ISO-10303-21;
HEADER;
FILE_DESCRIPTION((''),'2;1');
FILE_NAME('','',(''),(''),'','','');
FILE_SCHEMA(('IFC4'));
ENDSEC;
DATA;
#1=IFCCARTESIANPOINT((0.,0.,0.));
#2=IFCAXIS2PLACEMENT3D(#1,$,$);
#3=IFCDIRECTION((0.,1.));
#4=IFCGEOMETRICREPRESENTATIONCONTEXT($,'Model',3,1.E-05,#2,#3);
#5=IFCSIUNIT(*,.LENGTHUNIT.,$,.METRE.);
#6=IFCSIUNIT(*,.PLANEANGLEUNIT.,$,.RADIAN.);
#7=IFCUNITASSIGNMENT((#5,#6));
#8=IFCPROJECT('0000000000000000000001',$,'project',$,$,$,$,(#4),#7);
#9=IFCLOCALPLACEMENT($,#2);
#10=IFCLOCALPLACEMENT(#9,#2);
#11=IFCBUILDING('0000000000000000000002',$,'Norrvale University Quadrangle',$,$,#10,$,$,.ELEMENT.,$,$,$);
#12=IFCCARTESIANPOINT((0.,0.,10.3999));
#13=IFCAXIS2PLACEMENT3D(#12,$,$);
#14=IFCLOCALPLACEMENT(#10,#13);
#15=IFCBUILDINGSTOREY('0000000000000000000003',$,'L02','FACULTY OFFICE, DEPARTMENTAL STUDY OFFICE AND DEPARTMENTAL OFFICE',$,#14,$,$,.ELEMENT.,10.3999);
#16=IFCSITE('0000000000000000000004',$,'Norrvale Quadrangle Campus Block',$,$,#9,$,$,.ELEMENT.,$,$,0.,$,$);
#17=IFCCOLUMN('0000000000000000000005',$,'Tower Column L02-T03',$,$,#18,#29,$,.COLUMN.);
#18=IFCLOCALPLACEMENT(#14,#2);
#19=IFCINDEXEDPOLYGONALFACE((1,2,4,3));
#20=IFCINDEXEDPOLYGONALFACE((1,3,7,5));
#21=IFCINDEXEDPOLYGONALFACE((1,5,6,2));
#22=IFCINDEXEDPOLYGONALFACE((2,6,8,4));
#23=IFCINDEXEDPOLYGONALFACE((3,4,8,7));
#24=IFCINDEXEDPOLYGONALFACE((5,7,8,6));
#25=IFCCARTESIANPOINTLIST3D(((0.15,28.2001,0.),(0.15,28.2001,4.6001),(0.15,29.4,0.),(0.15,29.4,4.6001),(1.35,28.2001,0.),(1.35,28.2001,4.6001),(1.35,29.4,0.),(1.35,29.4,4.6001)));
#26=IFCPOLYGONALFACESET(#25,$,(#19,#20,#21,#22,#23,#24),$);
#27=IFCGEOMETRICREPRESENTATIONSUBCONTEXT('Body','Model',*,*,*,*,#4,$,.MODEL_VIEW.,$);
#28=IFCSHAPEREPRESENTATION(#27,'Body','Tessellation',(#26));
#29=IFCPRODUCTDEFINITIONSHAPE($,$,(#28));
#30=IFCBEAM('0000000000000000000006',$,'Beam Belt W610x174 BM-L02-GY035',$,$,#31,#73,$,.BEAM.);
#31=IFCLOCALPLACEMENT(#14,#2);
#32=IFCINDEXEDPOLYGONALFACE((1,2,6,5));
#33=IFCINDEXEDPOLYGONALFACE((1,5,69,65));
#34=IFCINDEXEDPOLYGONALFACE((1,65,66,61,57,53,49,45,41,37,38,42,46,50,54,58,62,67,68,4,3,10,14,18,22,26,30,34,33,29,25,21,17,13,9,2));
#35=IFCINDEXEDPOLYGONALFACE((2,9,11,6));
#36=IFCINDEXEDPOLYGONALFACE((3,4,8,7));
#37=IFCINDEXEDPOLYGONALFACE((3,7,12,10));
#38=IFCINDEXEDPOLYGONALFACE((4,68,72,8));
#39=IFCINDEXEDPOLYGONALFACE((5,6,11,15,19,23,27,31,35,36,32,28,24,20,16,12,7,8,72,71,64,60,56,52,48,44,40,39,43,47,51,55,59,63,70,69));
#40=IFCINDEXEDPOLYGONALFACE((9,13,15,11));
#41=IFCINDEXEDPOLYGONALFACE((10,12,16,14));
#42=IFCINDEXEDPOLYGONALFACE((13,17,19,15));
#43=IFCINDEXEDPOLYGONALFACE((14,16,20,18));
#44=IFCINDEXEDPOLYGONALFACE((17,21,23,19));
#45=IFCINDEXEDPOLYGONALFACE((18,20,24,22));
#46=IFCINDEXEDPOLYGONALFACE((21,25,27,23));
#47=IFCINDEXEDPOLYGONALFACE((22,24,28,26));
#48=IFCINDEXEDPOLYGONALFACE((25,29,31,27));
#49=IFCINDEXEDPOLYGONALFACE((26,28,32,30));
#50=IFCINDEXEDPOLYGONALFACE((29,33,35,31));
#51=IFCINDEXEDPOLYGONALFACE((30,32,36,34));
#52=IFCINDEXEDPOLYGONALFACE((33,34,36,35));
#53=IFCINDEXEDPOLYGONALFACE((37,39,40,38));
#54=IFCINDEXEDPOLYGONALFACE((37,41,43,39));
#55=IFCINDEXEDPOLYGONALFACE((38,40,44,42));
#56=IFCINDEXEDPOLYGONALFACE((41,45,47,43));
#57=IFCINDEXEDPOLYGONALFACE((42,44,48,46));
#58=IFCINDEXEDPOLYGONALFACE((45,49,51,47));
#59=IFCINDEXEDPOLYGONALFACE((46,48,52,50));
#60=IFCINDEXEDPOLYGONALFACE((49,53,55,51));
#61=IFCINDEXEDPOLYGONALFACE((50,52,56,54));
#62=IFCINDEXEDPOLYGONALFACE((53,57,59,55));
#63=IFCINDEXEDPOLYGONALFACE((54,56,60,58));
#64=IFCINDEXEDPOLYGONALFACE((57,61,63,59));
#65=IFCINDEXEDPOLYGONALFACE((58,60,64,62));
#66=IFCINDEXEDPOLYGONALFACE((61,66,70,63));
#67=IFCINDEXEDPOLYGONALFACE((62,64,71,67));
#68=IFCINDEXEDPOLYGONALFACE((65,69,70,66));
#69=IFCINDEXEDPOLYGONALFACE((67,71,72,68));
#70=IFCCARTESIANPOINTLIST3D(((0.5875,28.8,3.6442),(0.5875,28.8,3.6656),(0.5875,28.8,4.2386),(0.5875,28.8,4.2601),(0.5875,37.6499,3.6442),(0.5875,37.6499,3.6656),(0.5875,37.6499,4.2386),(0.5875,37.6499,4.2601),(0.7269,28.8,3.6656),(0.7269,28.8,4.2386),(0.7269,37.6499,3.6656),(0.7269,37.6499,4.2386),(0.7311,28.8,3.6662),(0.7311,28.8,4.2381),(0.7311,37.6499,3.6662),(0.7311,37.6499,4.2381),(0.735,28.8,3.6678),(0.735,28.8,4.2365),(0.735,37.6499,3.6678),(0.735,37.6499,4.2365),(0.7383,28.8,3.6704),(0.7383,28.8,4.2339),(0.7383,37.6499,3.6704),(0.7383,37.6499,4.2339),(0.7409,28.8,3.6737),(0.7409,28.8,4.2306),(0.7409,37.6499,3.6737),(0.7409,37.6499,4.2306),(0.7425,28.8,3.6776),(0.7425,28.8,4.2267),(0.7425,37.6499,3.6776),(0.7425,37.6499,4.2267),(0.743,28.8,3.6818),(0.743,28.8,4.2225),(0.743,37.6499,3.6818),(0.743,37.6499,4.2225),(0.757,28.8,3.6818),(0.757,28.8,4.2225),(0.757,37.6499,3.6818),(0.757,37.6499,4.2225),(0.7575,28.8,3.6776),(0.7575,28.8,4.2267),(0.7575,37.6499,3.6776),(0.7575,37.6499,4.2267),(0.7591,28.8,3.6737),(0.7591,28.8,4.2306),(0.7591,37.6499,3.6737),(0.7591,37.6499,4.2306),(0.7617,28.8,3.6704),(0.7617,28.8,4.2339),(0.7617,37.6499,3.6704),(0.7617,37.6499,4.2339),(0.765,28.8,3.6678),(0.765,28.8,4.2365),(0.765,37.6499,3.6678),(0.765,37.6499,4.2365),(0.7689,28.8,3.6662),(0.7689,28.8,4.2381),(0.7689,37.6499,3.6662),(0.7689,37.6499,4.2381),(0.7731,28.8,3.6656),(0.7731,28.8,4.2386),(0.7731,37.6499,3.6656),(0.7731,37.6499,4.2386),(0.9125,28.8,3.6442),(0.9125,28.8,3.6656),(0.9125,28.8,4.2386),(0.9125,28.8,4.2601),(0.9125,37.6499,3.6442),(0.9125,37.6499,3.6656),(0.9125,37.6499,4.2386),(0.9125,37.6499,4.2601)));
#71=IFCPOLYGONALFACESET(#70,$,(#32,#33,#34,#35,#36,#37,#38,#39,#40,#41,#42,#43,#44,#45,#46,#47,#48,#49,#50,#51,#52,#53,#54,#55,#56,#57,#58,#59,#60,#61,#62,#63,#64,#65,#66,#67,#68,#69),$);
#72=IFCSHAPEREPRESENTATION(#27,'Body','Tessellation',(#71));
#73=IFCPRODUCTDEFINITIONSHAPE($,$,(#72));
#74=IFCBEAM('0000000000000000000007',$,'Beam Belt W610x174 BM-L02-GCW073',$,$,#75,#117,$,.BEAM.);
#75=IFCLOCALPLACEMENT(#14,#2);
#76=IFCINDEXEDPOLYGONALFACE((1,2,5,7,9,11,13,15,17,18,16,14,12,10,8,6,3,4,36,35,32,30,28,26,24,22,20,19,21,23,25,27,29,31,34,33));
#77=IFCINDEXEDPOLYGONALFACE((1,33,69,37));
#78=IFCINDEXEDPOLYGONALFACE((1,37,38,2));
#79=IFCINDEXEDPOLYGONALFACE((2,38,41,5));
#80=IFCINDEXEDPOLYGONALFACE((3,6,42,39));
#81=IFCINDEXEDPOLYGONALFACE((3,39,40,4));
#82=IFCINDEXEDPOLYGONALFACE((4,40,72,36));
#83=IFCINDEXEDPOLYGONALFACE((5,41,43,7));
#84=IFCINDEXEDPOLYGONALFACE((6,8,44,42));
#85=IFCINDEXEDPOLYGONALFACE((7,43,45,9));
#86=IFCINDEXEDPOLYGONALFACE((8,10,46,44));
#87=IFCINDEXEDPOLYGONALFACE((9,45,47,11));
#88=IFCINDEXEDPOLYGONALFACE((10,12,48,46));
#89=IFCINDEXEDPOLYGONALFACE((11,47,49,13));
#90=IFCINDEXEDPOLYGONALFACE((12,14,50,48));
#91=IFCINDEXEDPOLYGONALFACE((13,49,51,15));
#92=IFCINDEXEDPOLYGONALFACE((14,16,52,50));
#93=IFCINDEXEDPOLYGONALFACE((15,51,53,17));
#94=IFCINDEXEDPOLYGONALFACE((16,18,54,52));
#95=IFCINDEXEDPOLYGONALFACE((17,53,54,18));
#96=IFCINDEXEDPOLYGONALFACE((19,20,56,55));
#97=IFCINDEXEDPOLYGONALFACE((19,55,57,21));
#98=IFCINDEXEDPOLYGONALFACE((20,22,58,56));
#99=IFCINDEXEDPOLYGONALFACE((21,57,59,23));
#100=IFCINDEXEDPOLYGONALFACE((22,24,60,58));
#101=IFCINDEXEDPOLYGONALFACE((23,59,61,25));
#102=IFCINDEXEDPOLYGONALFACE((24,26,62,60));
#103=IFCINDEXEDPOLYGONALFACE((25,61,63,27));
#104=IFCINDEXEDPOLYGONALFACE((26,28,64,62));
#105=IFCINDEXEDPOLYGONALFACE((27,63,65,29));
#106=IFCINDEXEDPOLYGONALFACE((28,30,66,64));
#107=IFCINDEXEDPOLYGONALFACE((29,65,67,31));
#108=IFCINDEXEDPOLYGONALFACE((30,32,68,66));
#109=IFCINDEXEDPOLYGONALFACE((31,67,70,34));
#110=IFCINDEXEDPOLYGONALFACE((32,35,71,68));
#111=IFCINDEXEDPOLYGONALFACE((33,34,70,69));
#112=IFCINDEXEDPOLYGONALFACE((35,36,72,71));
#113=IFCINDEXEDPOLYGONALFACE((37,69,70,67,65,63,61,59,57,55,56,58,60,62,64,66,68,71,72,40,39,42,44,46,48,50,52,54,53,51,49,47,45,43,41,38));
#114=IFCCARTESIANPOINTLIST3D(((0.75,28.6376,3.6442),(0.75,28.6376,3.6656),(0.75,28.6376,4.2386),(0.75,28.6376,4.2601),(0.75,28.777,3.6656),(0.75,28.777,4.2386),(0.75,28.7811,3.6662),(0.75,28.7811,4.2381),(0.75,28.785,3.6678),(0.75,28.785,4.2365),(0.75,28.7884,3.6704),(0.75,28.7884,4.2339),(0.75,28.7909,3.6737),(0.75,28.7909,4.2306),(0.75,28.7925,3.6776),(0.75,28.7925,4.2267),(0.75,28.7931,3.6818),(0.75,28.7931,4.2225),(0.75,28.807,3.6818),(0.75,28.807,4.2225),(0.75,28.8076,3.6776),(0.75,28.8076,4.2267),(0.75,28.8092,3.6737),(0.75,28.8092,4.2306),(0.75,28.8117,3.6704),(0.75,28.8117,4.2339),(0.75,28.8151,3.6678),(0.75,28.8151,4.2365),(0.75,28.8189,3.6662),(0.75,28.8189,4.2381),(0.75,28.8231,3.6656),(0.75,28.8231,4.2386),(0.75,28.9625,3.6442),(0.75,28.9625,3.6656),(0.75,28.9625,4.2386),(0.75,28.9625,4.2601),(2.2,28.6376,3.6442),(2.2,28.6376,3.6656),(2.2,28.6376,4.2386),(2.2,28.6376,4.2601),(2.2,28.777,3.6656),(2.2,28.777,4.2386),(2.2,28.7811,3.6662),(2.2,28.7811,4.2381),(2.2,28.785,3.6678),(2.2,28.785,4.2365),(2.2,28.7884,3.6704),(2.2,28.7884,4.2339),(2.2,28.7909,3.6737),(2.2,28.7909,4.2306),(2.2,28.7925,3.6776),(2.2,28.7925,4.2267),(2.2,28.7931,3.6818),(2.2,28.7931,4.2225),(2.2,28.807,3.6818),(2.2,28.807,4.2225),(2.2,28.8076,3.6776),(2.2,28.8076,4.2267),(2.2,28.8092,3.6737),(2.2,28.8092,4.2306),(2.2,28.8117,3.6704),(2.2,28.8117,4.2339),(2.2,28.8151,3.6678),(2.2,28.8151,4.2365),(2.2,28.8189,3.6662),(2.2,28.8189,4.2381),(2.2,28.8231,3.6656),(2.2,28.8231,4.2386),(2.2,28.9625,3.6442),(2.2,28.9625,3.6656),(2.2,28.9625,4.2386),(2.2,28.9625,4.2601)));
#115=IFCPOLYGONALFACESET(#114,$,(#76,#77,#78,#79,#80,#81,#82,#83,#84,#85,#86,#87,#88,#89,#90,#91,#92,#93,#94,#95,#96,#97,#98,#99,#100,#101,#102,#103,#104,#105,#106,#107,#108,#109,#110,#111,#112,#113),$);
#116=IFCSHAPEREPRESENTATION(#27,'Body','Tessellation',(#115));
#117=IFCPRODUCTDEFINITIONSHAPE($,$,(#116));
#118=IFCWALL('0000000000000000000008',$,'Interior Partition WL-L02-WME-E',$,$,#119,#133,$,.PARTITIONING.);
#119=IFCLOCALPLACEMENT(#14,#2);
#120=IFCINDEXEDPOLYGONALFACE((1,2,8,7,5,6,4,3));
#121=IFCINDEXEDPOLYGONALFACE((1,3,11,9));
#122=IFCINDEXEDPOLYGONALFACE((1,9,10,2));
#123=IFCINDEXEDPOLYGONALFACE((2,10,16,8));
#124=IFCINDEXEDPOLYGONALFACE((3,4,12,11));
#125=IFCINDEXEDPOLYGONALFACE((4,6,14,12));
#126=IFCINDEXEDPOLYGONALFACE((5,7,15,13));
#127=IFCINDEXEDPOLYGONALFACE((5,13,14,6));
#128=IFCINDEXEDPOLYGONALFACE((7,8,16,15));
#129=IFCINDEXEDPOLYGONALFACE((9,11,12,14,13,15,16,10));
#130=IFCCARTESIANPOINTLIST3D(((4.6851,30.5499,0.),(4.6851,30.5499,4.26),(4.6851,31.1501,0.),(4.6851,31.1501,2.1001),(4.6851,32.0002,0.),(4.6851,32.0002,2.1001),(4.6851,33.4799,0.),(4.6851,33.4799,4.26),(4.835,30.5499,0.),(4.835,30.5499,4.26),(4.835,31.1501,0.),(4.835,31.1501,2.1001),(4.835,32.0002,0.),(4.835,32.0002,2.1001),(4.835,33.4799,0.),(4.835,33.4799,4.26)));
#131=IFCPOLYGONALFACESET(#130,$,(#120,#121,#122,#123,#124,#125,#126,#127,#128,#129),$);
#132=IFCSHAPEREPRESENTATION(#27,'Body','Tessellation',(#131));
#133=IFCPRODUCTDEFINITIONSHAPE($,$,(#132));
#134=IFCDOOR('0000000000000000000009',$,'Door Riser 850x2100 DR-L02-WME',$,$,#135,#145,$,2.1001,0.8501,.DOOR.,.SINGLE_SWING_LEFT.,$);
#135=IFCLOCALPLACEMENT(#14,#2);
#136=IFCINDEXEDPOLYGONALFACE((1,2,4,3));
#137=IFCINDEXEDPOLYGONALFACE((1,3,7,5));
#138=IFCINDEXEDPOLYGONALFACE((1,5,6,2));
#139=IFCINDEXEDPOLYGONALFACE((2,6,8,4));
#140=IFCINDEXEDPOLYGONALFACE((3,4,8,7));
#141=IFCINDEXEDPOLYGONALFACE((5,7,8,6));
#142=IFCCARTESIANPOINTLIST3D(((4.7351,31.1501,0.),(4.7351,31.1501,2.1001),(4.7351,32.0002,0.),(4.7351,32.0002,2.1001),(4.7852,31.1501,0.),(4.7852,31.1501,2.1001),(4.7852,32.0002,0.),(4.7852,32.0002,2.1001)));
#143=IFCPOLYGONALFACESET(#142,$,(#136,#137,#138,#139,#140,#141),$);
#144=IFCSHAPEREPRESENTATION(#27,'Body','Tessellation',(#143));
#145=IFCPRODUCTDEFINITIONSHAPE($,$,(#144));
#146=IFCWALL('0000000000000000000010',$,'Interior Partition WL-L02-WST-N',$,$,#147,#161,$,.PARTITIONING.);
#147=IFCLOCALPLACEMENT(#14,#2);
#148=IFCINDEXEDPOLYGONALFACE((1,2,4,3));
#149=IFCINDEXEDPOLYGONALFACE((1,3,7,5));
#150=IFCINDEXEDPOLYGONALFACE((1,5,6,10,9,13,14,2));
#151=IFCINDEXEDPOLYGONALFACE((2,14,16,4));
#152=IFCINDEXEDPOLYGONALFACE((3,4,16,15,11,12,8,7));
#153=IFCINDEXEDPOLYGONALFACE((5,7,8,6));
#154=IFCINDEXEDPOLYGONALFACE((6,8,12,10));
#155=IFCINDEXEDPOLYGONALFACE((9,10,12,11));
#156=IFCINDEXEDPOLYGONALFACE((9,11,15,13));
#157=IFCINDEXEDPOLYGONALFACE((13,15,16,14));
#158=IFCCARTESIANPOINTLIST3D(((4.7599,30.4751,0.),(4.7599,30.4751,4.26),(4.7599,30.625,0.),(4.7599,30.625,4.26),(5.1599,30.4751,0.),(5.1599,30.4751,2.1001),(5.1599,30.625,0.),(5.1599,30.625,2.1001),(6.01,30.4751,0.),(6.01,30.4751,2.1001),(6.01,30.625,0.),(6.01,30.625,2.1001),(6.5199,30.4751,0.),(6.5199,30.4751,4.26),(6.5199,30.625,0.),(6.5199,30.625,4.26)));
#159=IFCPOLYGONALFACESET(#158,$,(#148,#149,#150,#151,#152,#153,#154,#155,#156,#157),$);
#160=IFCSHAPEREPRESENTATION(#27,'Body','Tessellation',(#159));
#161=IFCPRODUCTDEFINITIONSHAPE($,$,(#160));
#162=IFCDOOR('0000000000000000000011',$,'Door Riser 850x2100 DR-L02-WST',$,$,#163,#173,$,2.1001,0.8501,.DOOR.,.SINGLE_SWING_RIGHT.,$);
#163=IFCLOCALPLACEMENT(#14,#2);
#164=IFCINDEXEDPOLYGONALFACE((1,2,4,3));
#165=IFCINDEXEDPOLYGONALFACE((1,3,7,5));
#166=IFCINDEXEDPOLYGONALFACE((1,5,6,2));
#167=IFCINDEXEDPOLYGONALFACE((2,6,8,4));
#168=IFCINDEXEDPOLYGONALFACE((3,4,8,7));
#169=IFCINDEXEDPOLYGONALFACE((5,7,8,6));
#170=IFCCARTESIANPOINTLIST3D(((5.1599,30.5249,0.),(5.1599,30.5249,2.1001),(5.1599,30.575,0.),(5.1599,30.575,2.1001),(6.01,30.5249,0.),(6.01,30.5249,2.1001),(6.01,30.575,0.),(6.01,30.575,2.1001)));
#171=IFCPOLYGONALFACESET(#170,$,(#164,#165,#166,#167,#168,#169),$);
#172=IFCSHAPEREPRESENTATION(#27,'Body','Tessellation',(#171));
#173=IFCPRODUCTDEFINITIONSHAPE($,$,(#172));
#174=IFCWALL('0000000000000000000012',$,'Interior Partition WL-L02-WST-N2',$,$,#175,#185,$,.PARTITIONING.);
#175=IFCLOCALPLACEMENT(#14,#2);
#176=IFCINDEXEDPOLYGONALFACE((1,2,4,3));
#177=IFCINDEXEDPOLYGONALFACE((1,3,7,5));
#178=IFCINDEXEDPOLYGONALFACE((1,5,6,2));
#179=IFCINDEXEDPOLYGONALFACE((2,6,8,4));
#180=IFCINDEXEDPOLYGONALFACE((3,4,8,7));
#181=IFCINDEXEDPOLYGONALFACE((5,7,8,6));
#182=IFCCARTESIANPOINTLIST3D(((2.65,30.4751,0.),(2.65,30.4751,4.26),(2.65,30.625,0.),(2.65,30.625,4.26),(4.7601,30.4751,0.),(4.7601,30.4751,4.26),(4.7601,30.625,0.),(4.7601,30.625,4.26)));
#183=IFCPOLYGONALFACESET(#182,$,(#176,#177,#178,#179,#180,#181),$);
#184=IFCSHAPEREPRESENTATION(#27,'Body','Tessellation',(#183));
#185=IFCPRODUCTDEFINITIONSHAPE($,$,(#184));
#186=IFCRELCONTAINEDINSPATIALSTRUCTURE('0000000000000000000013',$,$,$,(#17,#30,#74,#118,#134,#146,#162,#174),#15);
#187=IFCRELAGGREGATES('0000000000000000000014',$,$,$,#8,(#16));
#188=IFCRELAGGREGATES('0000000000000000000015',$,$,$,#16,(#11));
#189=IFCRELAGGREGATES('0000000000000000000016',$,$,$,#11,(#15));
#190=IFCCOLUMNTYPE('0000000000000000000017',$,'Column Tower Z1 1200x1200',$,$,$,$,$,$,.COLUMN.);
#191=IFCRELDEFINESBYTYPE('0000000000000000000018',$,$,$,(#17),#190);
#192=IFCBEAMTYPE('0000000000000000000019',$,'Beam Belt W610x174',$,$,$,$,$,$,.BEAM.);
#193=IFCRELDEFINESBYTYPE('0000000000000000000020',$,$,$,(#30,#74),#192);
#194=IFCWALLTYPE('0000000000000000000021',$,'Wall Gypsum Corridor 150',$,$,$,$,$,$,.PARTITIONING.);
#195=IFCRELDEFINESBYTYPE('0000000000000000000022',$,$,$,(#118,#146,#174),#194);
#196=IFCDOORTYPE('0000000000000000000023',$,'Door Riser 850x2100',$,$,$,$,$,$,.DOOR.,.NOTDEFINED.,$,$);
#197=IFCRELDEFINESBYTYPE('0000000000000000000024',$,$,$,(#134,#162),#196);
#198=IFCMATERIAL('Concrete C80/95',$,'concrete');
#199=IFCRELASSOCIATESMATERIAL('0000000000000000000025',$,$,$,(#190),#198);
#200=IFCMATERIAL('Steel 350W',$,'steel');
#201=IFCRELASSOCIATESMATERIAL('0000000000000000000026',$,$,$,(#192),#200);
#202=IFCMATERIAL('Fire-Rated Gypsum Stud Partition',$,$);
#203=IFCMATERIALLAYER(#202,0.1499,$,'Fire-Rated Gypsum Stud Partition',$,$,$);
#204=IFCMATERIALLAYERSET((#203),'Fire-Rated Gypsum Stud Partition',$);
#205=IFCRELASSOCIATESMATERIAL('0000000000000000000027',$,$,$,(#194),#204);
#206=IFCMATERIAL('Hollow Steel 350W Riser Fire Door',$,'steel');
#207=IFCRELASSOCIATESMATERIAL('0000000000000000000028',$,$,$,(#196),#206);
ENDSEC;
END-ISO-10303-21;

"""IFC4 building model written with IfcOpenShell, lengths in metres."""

from ifc_helpers import new_model, si_unit, direction, frame, frame_2d, origin, origin_2d, place, context, subcontext, project, spatial, rectangle, i_section, extrude, material, layer, layer_set, material_profile, profile_set, type_object, element, fill, save


model = new_model("IFC4")

# Units and contexts
model_context = context("Model", 3, precision=1e-05, world=origin(), true_north=direction((0.0, 1.0)))
body_context = subcontext(model_context, "Body", "Model", "MODEL_VIEW")
ifc_project = project(units=[si_unit("LENGTHUNIT", "METRE"), si_unit("PLANEANGLEUNIT", "RADIAN")], contexts=[model_context])

# Site, building, storey
site_placement = place(None, origin())
site = spatial("IfcSite", under=ifc_project, at=site_placement, Name="Norrvale Quadrangle Campus Block", CompositionType="ELEMENT", RefElevation=0.0)
building_placement = place(site_placement, origin())
building = spatial("IfcBuilding", under=site, at=building_placement, Name="Norrvale University Quadrangle", CompositionType="ELEMENT")
storey_placement = place(building_placement, frame((0.0, 0.0, 10.3999)))
storey = spatial("IfcBuildingStorey", under=building, at=storey_placement, Name="L02", Description="FACULTY OFFICE, DEPARTMENTAL STUDY OFFICE AND DEPARTMENTAL OFFICE", CompositionType="ELEMENT", Elevation=10.3999)

# Column
ifc_material_1 = material(Name="Concrete C80/95", Category="concrete")
ifc_material_profile_1 = material_profile(ifc_material_1, rectangle(XDim=1.2, YDim=1.2, at=origin_2d()), Name="Concrete C80/95")
ifc_profile_set_1 = profile_set([ifc_material_profile_1], Name="Concrete C80/95")
column_type = type_object("IfcColumnType", Name="Column Tower Z1 1200x1200", PredefinedType="COLUMN", material=ifc_profile_set_1)
column_placement = place(storey_placement, frame((0.75, 28.8, 0.0), z_axis=(0.0, 0.0, 1.0), x_axis=(1.0, 0.0, 0.0)))
element("IfcColumn", 1, at=column_placement, inside=storey, type_object=column_type, Name="Tower Column L02-T03", PredefinedType="COLUMN", context=body_context, shape_type="SweptSolid", body=[
    extrude(rectangle(XDim=1.2, YDim=1.2, at=origin_2d()), origin(), (0.0, 0.0, 1.0), 4.6001),
])

# Beams
ifc_material_2 = material(Name="Steel 350W", Category="steel")
ifc_material_profile_2 = material_profile(ifc_material_2, i_section(OverallWidth=0.325, OverallDepth=0.616, WebThickness=0.0139, FlangeThickness=0.0215, FilletRadius=0.0161, at=origin_2d()), Name="Steel 350W")
ifc_profile_set_2 = profile_set([ifc_material_profile_2], Name="Steel 350W")
beam_type = type_object("IfcBeamType", Name="Beam Belt W610x174", PredefinedType="BEAM", material=ifc_profile_set_2)
beam_1_placement = place(storey_placement, frame((0.75, 28.8, 3.9521), z_axis=(0.0, 1.0, 0.0), x_axis=(-1.0, 0.0, 0.0)))
element("IfcBeam", 2, at=beam_1_placement, inside=storey, type_object=beam_type, Name="Beam Belt W610x174 BM-L02-GY035", PredefinedType="BEAM", context=body_context, shape_type="SweptSolid", body=[
    extrude(i_section(OverallWidth=0.325, OverallDepth=0.616, WebThickness=0.0139, FlangeThickness=0.0215, FilletRadius=0.0161, at=origin_2d()), origin(), (0.0, 0.0, 1.0), 8.8499),
])
beam_2_placement = place(storey_placement, frame((0.75, 28.8, 3.9521), z_axis=(1.0, 0.0, 0.0), x_axis=(0.0, 1.0, 0.0)))
element("IfcBeam", 3, at=beam_2_placement, inside=storey, type_object=beam_type, Name="Beam Belt W610x174 BM-L02-GCW073", PredefinedType="BEAM", context=body_context, shape_type="SweptSolid", body=[
    extrude(i_section(OverallWidth=0.325, OverallDepth=0.616, WebThickness=0.0139, FlangeThickness=0.0215, FilletRadius=0.0161, at=origin_2d()), origin(), (0.0, 0.0, 1.0), 1.45),
])

# Walls, openings, doors
ifc_material_3 = material(Name="Fire-Rated Gypsum Stud Partition")
ifc_layer_1 = layer(ifc_material_3, 0.1499, Name="Fire-Rated Gypsum Stud Partition")
ifc_layer_set_1 = layer_set([ifc_layer_1], Name="Fire-Rated Gypsum Stud Partition")
wall_type_1 = type_object("IfcWallType", Name="Wall Gypsum Corridor 150", PredefinedType="PARTITIONING", material=ifc_layer_set_1)
wall_1_placement = place(storey_placement, frame((4.76, 30.55, 0.0), z_axis=(0.0, 0.0, 1.0), x_axis=(0.0, 1.0, 0.0)))
wall_1 = element("IfcWall", 4, at=wall_1_placement, inside=storey, type_object=wall_type_1, Name="Interior Partition WL-L02-WME-E", PredefinedType="PARTITIONING", context=body_context, shape_type="SweptSolid", body=[
    extrude(rectangle(XDim=2.9299, YDim=0.1499, at=frame_2d((1.4648, 0.0))), origin(), (0.0, 0.0, 1.0), 4.26),
])
opening_1_placement = place(wall_1_placement, frame((0.6001, 0.0, 0.0)))
opening_1 = element("IfcOpeningElement", 5, at=opening_1_placement, cuts=wall_1, PredefinedType="OPENING", context=body_context, shape_type="SweptSolid", body=[
    extrude(rectangle(XDim=0.8501, YDim=2.1001, at=frame_2d((0.425, 1.05))), frame((0.0, 0.0869, 0.0), z_axis=(0.0, -1.0, 0.0), x_axis=(1.0, 0.0, 0.0)), (0.0, 0.0, 1.0), 0.1738),
])
ifc_material_4 = material(Name="Hollow Steel 350W Riser Fire Door", Category="steel")
door_type_1 = type_object("IfcDoorType", Name="Door Riser 850x2100", OperationType="NOTDEFINED", PredefinedType="DOOR", material=ifc_material_4)
door_1_placement = place(opening_1_placement, origin())
door_1 = element("IfcDoor", 6, at=door_1_placement, inside=storey, type_object=door_type_1, Name="Door Riser 850x2100 DR-L02-WME", OperationType="SINGLE_SWING_LEFT", OverallHeight=2.1001, OverallWidth=0.8501, PredefinedType="DOOR", context=body_context, shape_type="SweptSolid", body=[
    extrude(rectangle(XDim=0.8501, YDim=2.1001, at=frame_2d((0.425, 1.05))), frame((0.0, 0.0249, 0.0), z_axis=(0.0, -1.0, 0.0), x_axis=(1.0, 0.0, 0.0)), (0.0, 0.0, 1.0), 0.05),
])
fill(opening_1, door_1)
wall_2_placement = place(storey_placement, frame((4.76, 30.55, 0.0), z_axis=(0.0, 0.0, 1.0), x_axis=(1.0, 0.0, 0.0)))
wall_2 = element("IfcWall", 7, at=wall_2_placement, inside=storey, type_object=wall_type_1, Name="Interior Partition WL-L02-WST-N", PredefinedType="PARTITIONING", context=body_context, shape_type="SweptSolid", body=[
    extrude(rectangle(XDim=1.76, YDim=0.1499, at=frame_2d((0.8799, 0.0))), origin(), (0.0, 0.0, 1.0), 4.26),
])
opening_2_placement = place(wall_2_placement, frame((0.3999, 0.0, 0.0)))
opening_2 = element("IfcOpeningElement", 8, at=opening_2_placement, cuts=wall_2, PredefinedType="OPENING", context=body_context, shape_type="SweptSolid", body=[
    extrude(rectangle(XDim=0.8501, YDim=2.1001, at=frame_2d((0.425, 1.05))), frame((0.0, 0.0869, 0.0), z_axis=(0.0, -1.0, 0.0), x_axis=(1.0, 0.0, 0.0)), (0.0, 0.0, 1.0), 0.1738),
])
door_2_placement = place(opening_2_placement, origin())
door_2 = element("IfcDoor", 9, at=door_2_placement, inside=storey, type_object=door_type_1, Name="Door Riser 850x2100 DR-L02-WST", OperationType="SINGLE_SWING_RIGHT", OverallHeight=2.1001, OverallWidth=0.8501, PredefinedType="DOOR", context=body_context, shape_type="SweptSolid", body=[
    extrude(rectangle(XDim=0.8501, YDim=2.1001, at=frame_2d((0.425, 1.05))), frame((0.0, 0.0249, 0.0), z_axis=(0.0, -1.0, 0.0), x_axis=(1.0, 0.0, 0.0)), (0.0, 0.0, 1.0), 0.05),
])
fill(opening_2, door_2)

# Wall
wall_3_placement = place(storey_placement, frame((2.6499, 30.55, 0.0), z_axis=(0.0, 0.0, 1.0), x_axis=(1.0, 0.0, 0.0)))
element("IfcWall", 10, at=wall_3_placement, inside=storey, type_object=wall_type_1, Name="Interior Partition WL-L02-WST-N2", PredefinedType="PARTITIONING", context=body_context, shape_type="SweptSolid", body=[
    extrude(rectangle(XDim=2.1101, YDim=0.1499, at=frame_2d((1.0552, 0.0))), origin(), (0.0, 0.0, 1.0), 4.26),
])

save(model, "model.ifc")
